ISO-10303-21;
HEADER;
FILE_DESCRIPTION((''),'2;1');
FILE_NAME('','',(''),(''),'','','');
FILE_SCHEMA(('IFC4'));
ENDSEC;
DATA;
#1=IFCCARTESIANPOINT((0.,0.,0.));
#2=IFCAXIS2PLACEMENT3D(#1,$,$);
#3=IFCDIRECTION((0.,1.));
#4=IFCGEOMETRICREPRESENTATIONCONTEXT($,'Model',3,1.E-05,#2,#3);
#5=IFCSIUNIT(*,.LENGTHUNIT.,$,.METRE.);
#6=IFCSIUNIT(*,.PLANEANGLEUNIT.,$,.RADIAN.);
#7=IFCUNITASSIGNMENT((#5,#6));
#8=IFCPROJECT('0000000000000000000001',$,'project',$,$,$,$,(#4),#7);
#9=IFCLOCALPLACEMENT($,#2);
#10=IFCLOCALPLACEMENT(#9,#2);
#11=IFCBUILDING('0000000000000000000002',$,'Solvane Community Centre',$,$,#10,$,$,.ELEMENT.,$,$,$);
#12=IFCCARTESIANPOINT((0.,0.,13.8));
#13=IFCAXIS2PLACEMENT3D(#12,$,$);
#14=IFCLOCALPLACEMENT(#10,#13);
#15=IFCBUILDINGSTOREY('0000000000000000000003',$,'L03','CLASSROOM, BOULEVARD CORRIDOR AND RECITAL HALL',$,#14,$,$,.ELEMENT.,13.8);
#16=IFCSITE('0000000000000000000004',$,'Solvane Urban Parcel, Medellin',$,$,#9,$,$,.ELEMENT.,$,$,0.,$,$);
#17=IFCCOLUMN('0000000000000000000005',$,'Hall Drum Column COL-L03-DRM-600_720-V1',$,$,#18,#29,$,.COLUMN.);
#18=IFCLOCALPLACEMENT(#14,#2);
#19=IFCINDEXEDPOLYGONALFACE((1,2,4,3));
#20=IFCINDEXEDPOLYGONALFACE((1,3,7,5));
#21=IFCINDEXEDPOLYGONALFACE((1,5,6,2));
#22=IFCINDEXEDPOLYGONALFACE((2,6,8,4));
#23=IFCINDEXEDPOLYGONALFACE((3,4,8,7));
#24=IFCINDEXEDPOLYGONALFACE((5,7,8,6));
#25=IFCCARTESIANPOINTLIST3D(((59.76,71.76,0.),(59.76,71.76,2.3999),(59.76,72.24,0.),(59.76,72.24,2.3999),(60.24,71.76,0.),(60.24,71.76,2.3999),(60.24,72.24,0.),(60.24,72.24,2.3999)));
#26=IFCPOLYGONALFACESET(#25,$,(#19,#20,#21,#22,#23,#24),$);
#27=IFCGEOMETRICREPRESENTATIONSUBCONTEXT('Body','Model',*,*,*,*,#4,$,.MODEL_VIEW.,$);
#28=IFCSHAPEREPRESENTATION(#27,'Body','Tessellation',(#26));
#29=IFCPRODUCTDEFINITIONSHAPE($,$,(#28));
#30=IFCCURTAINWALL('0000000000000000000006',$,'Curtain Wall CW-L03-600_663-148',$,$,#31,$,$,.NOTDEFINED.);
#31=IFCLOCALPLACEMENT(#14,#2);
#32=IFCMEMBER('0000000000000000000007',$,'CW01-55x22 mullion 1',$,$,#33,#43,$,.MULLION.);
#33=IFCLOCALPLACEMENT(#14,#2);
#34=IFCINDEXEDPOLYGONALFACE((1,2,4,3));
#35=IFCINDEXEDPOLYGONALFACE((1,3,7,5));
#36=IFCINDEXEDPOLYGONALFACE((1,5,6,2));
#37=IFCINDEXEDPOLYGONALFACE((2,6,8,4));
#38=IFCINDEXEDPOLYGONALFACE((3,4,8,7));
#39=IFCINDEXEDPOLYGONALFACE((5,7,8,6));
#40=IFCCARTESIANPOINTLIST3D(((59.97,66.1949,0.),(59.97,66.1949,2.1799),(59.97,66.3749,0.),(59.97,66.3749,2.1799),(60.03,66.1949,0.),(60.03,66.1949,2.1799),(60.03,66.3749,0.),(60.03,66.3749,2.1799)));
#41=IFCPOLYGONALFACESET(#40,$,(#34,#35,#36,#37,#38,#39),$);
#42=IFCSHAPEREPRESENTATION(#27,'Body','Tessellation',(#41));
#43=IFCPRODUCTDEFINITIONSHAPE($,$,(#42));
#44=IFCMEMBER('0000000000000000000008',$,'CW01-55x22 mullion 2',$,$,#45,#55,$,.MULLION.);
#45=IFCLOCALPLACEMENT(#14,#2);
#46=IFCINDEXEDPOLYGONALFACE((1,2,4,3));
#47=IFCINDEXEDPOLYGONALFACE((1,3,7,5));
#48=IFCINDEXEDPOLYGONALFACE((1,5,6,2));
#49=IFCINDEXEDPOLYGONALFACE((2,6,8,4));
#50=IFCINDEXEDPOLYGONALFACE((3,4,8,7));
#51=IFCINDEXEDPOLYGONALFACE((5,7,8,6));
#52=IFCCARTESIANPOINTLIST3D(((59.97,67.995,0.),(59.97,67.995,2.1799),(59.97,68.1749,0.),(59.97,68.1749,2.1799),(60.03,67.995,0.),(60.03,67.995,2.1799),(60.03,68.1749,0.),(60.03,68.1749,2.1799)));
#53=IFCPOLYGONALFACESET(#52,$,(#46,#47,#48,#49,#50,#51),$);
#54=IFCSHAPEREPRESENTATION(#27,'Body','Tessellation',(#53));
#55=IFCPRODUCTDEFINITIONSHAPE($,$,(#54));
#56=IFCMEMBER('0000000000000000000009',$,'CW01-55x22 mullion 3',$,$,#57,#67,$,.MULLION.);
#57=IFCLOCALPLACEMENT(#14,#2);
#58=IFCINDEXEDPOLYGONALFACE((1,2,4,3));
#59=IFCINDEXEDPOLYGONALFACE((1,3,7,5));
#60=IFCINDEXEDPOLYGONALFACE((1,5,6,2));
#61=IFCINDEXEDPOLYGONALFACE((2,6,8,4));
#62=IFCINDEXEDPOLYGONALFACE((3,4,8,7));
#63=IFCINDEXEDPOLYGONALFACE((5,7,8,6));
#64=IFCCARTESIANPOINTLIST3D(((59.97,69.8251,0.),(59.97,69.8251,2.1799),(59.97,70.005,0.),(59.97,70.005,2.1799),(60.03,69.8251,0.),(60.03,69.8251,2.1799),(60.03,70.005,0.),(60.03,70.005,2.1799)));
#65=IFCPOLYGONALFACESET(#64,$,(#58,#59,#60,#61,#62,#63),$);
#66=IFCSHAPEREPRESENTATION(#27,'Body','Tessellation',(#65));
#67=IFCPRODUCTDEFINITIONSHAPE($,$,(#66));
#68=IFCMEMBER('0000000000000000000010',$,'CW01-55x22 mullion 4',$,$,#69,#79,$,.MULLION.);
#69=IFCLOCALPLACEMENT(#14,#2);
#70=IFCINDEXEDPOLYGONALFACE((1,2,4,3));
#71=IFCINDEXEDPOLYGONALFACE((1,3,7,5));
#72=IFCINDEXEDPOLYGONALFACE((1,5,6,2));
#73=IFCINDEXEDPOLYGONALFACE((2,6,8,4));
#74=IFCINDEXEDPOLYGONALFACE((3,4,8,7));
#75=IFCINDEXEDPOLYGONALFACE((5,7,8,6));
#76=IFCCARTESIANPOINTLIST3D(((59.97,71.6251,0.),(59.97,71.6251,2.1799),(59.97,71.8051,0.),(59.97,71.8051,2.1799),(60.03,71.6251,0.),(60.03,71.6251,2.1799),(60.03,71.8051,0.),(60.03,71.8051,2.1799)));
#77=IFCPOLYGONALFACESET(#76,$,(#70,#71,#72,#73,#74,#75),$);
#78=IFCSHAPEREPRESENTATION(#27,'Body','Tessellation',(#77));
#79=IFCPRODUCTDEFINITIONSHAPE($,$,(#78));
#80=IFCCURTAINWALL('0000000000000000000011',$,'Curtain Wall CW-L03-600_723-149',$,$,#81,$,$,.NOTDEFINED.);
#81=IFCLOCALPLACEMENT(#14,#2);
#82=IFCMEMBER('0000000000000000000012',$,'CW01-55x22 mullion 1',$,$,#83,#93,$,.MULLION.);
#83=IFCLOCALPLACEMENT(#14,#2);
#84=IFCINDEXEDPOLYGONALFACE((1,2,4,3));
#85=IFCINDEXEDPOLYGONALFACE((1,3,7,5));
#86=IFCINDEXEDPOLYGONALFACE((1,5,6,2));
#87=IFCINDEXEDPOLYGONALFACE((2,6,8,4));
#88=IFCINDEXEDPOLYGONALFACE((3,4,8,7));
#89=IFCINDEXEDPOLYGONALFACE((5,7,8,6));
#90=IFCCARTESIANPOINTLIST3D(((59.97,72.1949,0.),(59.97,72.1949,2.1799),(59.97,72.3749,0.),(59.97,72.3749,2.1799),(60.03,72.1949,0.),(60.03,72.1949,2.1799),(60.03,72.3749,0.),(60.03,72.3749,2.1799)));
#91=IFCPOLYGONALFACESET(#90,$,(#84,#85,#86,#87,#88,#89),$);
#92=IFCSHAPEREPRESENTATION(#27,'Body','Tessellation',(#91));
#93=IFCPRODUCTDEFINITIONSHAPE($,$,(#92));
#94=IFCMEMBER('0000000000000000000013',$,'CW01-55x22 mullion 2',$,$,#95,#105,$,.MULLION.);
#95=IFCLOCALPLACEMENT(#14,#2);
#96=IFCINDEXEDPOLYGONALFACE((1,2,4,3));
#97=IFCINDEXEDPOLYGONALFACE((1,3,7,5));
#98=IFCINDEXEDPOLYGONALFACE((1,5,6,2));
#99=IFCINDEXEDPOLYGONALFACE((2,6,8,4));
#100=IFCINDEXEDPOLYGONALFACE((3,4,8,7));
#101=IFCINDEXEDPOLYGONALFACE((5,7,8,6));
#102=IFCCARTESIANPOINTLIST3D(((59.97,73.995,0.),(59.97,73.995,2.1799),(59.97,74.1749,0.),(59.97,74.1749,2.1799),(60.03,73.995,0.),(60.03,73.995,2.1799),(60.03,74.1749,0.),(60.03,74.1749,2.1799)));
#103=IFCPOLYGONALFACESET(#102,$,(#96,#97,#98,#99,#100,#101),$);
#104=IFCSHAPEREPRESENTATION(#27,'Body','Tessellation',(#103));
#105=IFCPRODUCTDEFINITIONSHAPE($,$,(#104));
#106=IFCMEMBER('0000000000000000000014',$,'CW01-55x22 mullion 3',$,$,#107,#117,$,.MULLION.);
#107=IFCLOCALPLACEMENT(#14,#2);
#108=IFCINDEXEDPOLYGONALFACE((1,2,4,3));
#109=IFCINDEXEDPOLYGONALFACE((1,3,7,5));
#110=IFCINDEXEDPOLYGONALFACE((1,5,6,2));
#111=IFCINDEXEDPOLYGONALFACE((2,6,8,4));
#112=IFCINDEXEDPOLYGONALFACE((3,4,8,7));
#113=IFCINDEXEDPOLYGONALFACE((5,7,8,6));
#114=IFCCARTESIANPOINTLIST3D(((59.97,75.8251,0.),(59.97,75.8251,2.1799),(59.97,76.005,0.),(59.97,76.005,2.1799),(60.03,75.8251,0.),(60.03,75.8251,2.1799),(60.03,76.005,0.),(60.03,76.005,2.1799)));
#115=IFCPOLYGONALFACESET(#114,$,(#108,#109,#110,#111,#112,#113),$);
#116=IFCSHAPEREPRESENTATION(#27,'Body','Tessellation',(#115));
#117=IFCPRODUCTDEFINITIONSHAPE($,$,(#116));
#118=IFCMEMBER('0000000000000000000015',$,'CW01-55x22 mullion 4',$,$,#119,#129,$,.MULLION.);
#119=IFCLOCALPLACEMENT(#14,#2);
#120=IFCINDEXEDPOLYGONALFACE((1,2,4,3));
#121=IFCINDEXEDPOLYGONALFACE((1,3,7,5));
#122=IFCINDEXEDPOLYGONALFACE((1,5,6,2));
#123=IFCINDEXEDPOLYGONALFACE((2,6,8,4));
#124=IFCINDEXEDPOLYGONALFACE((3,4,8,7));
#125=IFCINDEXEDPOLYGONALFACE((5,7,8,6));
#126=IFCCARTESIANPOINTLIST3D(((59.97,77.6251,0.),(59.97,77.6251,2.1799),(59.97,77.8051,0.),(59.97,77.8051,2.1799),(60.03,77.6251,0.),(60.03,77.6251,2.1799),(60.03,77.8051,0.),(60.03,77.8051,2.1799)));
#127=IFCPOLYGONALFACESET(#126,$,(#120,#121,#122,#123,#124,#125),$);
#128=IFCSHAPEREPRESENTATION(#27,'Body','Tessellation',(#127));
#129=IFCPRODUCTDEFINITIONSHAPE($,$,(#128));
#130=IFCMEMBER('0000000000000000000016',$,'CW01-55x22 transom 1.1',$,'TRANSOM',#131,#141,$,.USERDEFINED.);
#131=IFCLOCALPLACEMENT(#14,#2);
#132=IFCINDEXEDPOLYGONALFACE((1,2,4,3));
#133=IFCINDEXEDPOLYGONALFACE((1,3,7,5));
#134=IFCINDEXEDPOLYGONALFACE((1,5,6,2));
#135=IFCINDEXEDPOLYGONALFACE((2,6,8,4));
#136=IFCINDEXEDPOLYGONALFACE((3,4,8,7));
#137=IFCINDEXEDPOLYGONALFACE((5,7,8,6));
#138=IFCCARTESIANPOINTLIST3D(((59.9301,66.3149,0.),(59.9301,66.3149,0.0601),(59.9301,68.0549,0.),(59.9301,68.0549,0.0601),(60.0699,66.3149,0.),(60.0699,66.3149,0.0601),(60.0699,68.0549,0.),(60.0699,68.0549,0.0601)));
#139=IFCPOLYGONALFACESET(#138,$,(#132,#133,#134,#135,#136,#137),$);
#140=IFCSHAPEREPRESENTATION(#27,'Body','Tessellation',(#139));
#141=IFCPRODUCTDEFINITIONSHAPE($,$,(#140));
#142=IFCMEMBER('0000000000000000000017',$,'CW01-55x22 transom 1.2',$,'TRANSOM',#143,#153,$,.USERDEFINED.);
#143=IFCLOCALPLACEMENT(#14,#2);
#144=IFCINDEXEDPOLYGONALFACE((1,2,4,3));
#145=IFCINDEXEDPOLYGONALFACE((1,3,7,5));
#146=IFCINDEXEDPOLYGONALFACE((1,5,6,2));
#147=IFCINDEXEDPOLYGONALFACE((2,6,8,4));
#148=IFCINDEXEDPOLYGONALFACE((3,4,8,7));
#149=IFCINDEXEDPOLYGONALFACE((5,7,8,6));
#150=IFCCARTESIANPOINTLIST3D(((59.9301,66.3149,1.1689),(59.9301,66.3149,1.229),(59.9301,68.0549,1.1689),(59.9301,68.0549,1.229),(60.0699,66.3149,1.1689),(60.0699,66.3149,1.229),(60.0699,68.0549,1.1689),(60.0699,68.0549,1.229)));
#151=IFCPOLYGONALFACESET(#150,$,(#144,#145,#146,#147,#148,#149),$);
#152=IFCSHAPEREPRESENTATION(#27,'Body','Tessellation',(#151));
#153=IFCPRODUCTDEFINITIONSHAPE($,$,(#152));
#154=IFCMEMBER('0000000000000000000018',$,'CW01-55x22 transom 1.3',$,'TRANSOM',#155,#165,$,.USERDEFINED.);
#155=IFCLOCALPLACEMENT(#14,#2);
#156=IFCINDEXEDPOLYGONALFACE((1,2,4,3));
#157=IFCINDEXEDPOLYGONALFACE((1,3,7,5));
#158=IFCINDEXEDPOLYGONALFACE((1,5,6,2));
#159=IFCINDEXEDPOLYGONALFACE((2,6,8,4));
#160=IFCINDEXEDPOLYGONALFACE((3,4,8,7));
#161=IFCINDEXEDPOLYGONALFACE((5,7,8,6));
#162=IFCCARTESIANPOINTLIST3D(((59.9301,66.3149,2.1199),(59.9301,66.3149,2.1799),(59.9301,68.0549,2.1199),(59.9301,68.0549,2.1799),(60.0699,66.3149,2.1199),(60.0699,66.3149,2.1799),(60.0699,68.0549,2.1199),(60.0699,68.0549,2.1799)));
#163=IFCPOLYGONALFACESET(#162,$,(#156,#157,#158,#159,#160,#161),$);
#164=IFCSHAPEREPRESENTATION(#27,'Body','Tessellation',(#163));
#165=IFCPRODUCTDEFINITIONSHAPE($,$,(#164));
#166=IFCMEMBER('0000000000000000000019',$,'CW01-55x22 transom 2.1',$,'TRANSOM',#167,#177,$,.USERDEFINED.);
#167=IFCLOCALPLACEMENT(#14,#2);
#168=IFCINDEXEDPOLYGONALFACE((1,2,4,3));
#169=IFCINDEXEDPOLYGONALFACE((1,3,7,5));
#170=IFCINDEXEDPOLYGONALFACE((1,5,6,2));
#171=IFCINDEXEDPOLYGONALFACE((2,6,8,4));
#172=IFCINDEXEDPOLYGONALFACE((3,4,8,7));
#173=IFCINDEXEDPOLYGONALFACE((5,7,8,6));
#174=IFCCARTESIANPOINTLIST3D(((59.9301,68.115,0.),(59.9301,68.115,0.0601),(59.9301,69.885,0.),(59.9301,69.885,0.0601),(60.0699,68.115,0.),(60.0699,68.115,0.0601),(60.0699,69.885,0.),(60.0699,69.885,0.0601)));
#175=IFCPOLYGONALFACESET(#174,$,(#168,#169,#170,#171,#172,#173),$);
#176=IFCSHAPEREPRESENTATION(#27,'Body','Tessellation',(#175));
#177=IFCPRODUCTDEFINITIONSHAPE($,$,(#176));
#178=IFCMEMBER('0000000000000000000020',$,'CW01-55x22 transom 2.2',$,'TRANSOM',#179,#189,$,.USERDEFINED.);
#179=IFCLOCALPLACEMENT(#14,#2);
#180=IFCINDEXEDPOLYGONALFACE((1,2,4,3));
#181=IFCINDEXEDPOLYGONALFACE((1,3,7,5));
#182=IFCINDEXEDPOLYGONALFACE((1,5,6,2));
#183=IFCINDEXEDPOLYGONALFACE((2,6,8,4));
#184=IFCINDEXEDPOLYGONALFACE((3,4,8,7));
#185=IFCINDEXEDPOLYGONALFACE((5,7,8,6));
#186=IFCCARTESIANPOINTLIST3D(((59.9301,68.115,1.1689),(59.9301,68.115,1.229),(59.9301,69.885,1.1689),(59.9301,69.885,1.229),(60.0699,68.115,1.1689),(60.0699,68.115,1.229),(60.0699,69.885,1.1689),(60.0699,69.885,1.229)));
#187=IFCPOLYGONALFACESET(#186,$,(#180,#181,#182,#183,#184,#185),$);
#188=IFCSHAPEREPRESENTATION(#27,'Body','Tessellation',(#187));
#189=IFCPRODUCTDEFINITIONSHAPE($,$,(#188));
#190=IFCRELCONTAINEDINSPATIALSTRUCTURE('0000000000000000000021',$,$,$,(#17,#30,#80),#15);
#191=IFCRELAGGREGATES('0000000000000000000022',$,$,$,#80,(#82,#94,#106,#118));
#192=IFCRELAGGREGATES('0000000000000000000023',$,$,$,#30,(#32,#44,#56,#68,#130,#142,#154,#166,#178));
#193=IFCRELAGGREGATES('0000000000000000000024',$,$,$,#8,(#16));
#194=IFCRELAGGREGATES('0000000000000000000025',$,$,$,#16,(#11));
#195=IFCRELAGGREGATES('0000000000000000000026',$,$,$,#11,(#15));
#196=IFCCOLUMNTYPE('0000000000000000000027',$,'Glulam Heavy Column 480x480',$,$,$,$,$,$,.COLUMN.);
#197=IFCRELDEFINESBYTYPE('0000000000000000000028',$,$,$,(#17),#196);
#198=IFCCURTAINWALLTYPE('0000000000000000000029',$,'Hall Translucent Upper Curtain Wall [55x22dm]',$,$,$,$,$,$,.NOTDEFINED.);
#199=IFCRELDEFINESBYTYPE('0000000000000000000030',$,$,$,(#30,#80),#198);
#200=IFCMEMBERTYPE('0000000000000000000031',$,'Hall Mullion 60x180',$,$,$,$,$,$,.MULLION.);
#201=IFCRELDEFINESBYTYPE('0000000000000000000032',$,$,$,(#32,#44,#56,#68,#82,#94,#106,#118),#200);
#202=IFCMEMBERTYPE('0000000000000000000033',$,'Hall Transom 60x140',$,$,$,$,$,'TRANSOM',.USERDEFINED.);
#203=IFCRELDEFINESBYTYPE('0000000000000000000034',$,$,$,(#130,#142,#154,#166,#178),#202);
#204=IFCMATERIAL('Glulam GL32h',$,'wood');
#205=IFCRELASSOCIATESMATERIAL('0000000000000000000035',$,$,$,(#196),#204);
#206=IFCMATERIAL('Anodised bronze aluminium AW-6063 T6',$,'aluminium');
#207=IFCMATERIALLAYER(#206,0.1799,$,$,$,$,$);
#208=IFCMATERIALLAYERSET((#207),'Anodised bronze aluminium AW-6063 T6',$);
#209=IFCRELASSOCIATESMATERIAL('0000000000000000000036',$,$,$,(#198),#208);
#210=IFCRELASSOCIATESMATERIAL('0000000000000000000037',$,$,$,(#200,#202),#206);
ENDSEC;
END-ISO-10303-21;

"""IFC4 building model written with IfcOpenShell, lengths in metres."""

from ifc_helpers import new_model, si_unit, direction, frame, origin, origin_2d, place, context, subcontext, project, spatial, rectangle, extrude, material, layer, layer_set, material_profile, profile_set, type_object, element, aggregate, save


model = new_model("IFC4")

# Units and contexts
model_context = context("Model", 3, precision=1e-05, world=origin(), true_north=direction((0.0, 1.0)))
body_context = subcontext(model_context, "Body", "Model", "MODEL_VIEW")
ifc_project = project(units=[si_unit("LENGTHUNIT", "METRE"), si_unit("PLANEANGLEUNIT", "RADIAN")], contexts=[model_context])

# Site, building, storey
site_placement = place(None, origin())
site = spatial("IfcSite", under=ifc_project, at=site_placement, Name="Solvane Urban Parcel, Medellin", CompositionType="ELEMENT", RefElevation=0.0)
building_placement = place(site_placement, origin())
building = spatial("IfcBuilding", under=site, at=building_placement, Name="Solvane Community Centre", CompositionType="ELEMENT")
storey_placement = place(building_placement, frame((0.0, 0.0, 13.8)))
storey = spatial("IfcBuildingStorey", under=building, at=storey_placement, Name="L03", Description="CLASSROOM, BOULEVARD CORRIDOR AND RECITAL HALL", CompositionType="ELEMENT", Elevation=13.8)

# Column
ifc_material_1 = material(Name="Glulam GL32h", Category="wood")
ifc_material_profile_1 = material_profile(ifc_material_1, rectangle(XDim=0.48, YDim=0.48, at=origin_2d()), Name="GL32h 480x480")
ifc_profile_set_1 = profile_set([ifc_material_profile_1], Name="Glulam GL32h")
column_type = type_object("IfcColumnType", Name="Glulam Heavy Column 480x480", PredefinedType="COLUMN", material=ifc_profile_set_1)
column_placement = place(storey_placement, frame((60.0, 72.0, 0.0), z_axis=(0.0, 0.0, 1.0), x_axis=(1.0, 0.0, 0.0)))
element("IfcColumn", 1, at=column_placement, inside=storey, type_object=column_type, Name="Hall Drum Column COL-L03-DRM-600_720-V1", PredefinedType="COLUMN", context=body_context, shape_type="SweptSolid", body=[
    extrude(rectangle(XDim=0.48, YDim=0.48, at=origin_2d()), origin(), (0.0, 0.0, 1.0), 2.3999),
])

# Curtain walls, members
ifc_material_2 = material(Name="Anodised bronze aluminium AW-6063 T6", Category="aluminium")
ifc_layer_1 = layer(ifc_material_2, 0.1799)
ifc_layer_set_1 = layer_set([ifc_layer_1], Name="Anodised bronze aluminium AW-6063 T6")
curtain_wall_type = type_object("IfcCurtainWallType", Name="Hall Translucent Upper Curtain Wall [55x22dm]", PredefinedType="NOTDEFINED", material=ifc_layer_set_1)
curtain_wall_1_placement = place(storey_placement, origin())
curtain_wall_1 = element("IfcCurtainWall", 2, at=curtain_wall_1_placement, inside=storey, type_object=curtain_wall_type, Name="Curtain Wall CW-L03-600_663-148", PredefinedType="NOTDEFINED")
ifc_material_profile_2 = material_profile(ifc_material_2, rectangle(XDim=0.0601, YDim=0.1799, at=origin_2d()), Name="CW-M 60x180")
ifc_profile_set_2 = profile_set([ifc_material_profile_2], Name="Anodised bronze aluminium AW-6063 T6")
member_type_1 = type_object("IfcMemberType", Name="Hall Mullion 60x180", PredefinedType="MULLION", material=ifc_profile_set_2)
member_1_placement = place(storey_placement, frame((60.0, 66.2849, 0.0), z_axis=(0.0, 0.0, 1.0), x_axis=(-1.0, 0.0, 0.0)))
member_1 = element("IfcMember", 3, at=member_1_placement, type_object=member_type_1, Name="CW01-55x22 mullion 1", PredefinedType="MULLION", context=body_context, shape_type="SweptSolid", body=[
    extrude(rectangle(XDim=0.0601, YDim=0.1799, at=origin_2d()), origin(), (0.0, 0.0, 1.0), 2.1799),
])
member_2_placement = place(storey_placement, frame((60.0, 68.085, 0.0), z_axis=(0.0, 0.0, 1.0), x_axis=(-1.0, 0.0, 0.0)))
member_2 = element("IfcMember", 4, at=member_2_placement, type_object=member_type_1, Name="CW01-55x22 mullion 2", PredefinedType="MULLION", context=body_context, shape_type="SweptSolid", body=[
    extrude(rectangle(XDim=0.0601, YDim=0.1799, at=origin_2d()), origin(), (0.0, 0.0, 1.0), 2.1799),
])
member_3_placement = place(storey_placement, frame((60.0, 69.915, 0.0), z_axis=(0.0, 0.0, 1.0), x_axis=(-1.0, 0.0, 0.0)))
member_3 = element("IfcMember", 5, at=member_3_placement, type_object=member_type_1, Name="CW01-55x22 mullion 3", PredefinedType="MULLION", context=body_context, shape_type="SweptSolid", body=[
    extrude(rectangle(XDim=0.0601, YDim=0.1799, at=origin_2d()), origin(), (0.0, 0.0, 1.0), 2.1799),
])
member_4_placement = place(storey_placement, frame((60.0, 71.7151, 0.0), z_axis=(0.0, 0.0, 1.0), x_axis=(-1.0, 0.0, 0.0)))
member_4 = element("IfcMember", 6, at=member_4_placement, type_object=member_type_1, Name="CW01-55x22 mullion 4", PredefinedType="MULLION", context=body_context, shape_type="SweptSolid", body=[
    extrude(rectangle(XDim=0.0601, YDim=0.1799, at=origin_2d()), origin(), (0.0, 0.0, 1.0), 2.1799),
])
curtain_wall_2_placement = place(storey_placement, origin())
curtain_wall_2 = element("IfcCurtainWall", 7, at=curtain_wall_2_placement, inside=storey, type_object=curtain_wall_type, Name="Curtain Wall CW-L03-600_723-149", PredefinedType="NOTDEFINED")
member_5_placement = place(storey_placement, frame((60.0, 72.2849, 0.0), z_axis=(0.0, 0.0, 1.0), x_axis=(-1.0, 0.0, 0.0)))
member_5 = element("IfcMember", 8, at=member_5_placement, type_object=member_type_1, Name="CW01-55x22 mullion 1", PredefinedType="MULLION", context=body_context, shape_type="SweptSolid", body=[
    extrude(rectangle(XDim=0.0601, YDim=0.1799, at=origin_2d()), origin(), (0.0, 0.0, 1.0), 2.1799),
])
member_6_placement = place(storey_placement, frame((60.0, 74.085, 0.0), z_axis=(0.0, 0.0, 1.0), x_axis=(-1.0, 0.0, 0.0)))
member_6 = element("IfcMember", 9, at=member_6_placement, type_object=member_type_1, Name="CW01-55x22 mullion 2", PredefinedType="MULLION", context=body_context, shape_type="SweptSolid", body=[
    extrude(rectangle(XDim=0.0601, YDim=0.1799, at=origin_2d()), origin(), (0.0, 0.0, 1.0), 2.1799),
])
member_7_placement = place(storey_placement, frame((60.0, 75.915, 0.0), z_axis=(0.0, 0.0, 1.0), x_axis=(-1.0, 0.0, 0.0)))
member_7 = element("IfcMember", 10, at=member_7_placement, type_object=member_type_1, Name="CW01-55x22 mullion 3", PredefinedType="MULLION", context=body_context, shape_type="SweptSolid", body=[
    extrude(rectangle(XDim=0.0601, YDim=0.1799, at=origin_2d()), origin(), (0.0, 0.0, 1.0), 2.1799),
])
member_8_placement = place(storey_placement, frame((60.0, 77.7151, 0.0), z_axis=(0.0, 0.0, 1.0), x_axis=(-1.0, 0.0, 0.0)))
member_8 = element("IfcMember", 11, at=member_8_placement, type_object=member_type_1, Name="CW01-55x22 mullion 4", PredefinedType="MULLION", context=body_context, shape_type="SweptSolid", body=[
    extrude(rectangle(XDim=0.0601, YDim=0.1799, at=origin_2d()), origin(), (0.0, 0.0, 1.0), 2.1799),
])

# Members
ifc_material_profile_3 = material_profile(ifc_material_2, rectangle(XDim=0.1399, YDim=0.0601, at=origin_2d()), Name="CW-T 60x140")
ifc_profile_set_3 = profile_set([ifc_material_profile_3], Name="Anodised bronze aluminium AW-6063 T6")
member_type_2 = type_object("IfcMemberType", Name="Hall Transom 60x140", ElementType="TRANSOM", PredefinedType="USERDEFINED", material=ifc_profile_set_3)
member_9_placement = place(storey_placement, frame((60.0, 66.3149, 0.03), z_axis=(0.0, 1.0, 0.0), x_axis=(-1.0, 0.0, 0.0)))
member_9 = element("IfcMember", 12, at=member_9_placement, type_object=member_type_2, Name="CW01-55x22 transom 1.1", ObjectType="TRANSOM", PredefinedType="USERDEFINED", context=body_context, shape_type="SweptSolid", body=[
    extrude(rectangle(XDim=0.1399, YDim=0.0601, at=origin_2d()), origin(), (0.0, 0.0, 1.0), 1.74),
])
member_10_placement = place(storey_placement, frame((60.0, 66.3149, 1.199), z_axis=(0.0, 1.0, 0.0), x_axis=(-1.0, 0.0, 0.0)))
member_10 = element("IfcMember", 13, at=member_10_placement, type_object=member_type_2, Name="CW01-55x22 transom 1.2", ObjectType="TRANSOM", PredefinedType="USERDEFINED", context=body_context, shape_type="SweptSolid", body=[
    extrude(rectangle(XDim=0.1399, YDim=0.0601, at=origin_2d()), origin(), (0.0, 0.0, 1.0), 1.74),
])
member_11_placement = place(storey_placement, frame((60.0, 66.3149, 2.1499), z_axis=(0.0, 1.0, 0.0), x_axis=(-1.0, 0.0, 0.0)))
member_11 = element("IfcMember", 14, at=member_11_placement, type_object=member_type_2, Name="CW01-55x22 transom 1.3", ObjectType="TRANSOM", PredefinedType="USERDEFINED", context=body_context, shape_type="SweptSolid", body=[
    extrude(rectangle(XDim=0.1399, YDim=0.0601, at=origin_2d()), origin(), (0.0, 0.0, 1.0), 1.74),
])
member_12_placement = place(storey_placement, frame((60.0, 68.115, 0.03), z_axis=(0.0, 1.0, 0.0), x_axis=(-1.0, 0.0, 0.0)))
member_12 = element("IfcMember", 15, at=member_12_placement, type_object=member_type_2, Name="CW01-55x22 transom 2.1", ObjectType="TRANSOM", PredefinedType="USERDEFINED", context=body_context, shape_type="SweptSolid", body=[
    extrude(rectangle(XDim=0.1399, YDim=0.0601, at=origin_2d()), origin(), (0.0, 0.0, 1.0), 1.77),
])
member_13_placement = place(storey_placement, frame((60.0, 68.115, 1.199), z_axis=(0.0, 1.0, 0.0), x_axis=(-1.0, 0.0, 0.0)))
member_13 = element("IfcMember", 16, at=member_13_placement, type_object=member_type_2, Name="CW01-55x22 transom 2.2", ObjectType="TRANSOM", PredefinedType="USERDEFINED", context=body_context, shape_type="SweptSolid", body=[
    extrude(rectangle(XDim=0.1399, YDim=0.0601, at=origin_2d()), origin(), (0.0, 0.0, 1.0), 1.77),
])
aggregate(curtain_wall_2, [member_5, member_6, member_7, member_8])

aggregate(curtain_wall_1, [member_1, member_2, member_3, member_4, member_9, member_10, member_11, member_12, member_13])

save(model, "model.ifc")
